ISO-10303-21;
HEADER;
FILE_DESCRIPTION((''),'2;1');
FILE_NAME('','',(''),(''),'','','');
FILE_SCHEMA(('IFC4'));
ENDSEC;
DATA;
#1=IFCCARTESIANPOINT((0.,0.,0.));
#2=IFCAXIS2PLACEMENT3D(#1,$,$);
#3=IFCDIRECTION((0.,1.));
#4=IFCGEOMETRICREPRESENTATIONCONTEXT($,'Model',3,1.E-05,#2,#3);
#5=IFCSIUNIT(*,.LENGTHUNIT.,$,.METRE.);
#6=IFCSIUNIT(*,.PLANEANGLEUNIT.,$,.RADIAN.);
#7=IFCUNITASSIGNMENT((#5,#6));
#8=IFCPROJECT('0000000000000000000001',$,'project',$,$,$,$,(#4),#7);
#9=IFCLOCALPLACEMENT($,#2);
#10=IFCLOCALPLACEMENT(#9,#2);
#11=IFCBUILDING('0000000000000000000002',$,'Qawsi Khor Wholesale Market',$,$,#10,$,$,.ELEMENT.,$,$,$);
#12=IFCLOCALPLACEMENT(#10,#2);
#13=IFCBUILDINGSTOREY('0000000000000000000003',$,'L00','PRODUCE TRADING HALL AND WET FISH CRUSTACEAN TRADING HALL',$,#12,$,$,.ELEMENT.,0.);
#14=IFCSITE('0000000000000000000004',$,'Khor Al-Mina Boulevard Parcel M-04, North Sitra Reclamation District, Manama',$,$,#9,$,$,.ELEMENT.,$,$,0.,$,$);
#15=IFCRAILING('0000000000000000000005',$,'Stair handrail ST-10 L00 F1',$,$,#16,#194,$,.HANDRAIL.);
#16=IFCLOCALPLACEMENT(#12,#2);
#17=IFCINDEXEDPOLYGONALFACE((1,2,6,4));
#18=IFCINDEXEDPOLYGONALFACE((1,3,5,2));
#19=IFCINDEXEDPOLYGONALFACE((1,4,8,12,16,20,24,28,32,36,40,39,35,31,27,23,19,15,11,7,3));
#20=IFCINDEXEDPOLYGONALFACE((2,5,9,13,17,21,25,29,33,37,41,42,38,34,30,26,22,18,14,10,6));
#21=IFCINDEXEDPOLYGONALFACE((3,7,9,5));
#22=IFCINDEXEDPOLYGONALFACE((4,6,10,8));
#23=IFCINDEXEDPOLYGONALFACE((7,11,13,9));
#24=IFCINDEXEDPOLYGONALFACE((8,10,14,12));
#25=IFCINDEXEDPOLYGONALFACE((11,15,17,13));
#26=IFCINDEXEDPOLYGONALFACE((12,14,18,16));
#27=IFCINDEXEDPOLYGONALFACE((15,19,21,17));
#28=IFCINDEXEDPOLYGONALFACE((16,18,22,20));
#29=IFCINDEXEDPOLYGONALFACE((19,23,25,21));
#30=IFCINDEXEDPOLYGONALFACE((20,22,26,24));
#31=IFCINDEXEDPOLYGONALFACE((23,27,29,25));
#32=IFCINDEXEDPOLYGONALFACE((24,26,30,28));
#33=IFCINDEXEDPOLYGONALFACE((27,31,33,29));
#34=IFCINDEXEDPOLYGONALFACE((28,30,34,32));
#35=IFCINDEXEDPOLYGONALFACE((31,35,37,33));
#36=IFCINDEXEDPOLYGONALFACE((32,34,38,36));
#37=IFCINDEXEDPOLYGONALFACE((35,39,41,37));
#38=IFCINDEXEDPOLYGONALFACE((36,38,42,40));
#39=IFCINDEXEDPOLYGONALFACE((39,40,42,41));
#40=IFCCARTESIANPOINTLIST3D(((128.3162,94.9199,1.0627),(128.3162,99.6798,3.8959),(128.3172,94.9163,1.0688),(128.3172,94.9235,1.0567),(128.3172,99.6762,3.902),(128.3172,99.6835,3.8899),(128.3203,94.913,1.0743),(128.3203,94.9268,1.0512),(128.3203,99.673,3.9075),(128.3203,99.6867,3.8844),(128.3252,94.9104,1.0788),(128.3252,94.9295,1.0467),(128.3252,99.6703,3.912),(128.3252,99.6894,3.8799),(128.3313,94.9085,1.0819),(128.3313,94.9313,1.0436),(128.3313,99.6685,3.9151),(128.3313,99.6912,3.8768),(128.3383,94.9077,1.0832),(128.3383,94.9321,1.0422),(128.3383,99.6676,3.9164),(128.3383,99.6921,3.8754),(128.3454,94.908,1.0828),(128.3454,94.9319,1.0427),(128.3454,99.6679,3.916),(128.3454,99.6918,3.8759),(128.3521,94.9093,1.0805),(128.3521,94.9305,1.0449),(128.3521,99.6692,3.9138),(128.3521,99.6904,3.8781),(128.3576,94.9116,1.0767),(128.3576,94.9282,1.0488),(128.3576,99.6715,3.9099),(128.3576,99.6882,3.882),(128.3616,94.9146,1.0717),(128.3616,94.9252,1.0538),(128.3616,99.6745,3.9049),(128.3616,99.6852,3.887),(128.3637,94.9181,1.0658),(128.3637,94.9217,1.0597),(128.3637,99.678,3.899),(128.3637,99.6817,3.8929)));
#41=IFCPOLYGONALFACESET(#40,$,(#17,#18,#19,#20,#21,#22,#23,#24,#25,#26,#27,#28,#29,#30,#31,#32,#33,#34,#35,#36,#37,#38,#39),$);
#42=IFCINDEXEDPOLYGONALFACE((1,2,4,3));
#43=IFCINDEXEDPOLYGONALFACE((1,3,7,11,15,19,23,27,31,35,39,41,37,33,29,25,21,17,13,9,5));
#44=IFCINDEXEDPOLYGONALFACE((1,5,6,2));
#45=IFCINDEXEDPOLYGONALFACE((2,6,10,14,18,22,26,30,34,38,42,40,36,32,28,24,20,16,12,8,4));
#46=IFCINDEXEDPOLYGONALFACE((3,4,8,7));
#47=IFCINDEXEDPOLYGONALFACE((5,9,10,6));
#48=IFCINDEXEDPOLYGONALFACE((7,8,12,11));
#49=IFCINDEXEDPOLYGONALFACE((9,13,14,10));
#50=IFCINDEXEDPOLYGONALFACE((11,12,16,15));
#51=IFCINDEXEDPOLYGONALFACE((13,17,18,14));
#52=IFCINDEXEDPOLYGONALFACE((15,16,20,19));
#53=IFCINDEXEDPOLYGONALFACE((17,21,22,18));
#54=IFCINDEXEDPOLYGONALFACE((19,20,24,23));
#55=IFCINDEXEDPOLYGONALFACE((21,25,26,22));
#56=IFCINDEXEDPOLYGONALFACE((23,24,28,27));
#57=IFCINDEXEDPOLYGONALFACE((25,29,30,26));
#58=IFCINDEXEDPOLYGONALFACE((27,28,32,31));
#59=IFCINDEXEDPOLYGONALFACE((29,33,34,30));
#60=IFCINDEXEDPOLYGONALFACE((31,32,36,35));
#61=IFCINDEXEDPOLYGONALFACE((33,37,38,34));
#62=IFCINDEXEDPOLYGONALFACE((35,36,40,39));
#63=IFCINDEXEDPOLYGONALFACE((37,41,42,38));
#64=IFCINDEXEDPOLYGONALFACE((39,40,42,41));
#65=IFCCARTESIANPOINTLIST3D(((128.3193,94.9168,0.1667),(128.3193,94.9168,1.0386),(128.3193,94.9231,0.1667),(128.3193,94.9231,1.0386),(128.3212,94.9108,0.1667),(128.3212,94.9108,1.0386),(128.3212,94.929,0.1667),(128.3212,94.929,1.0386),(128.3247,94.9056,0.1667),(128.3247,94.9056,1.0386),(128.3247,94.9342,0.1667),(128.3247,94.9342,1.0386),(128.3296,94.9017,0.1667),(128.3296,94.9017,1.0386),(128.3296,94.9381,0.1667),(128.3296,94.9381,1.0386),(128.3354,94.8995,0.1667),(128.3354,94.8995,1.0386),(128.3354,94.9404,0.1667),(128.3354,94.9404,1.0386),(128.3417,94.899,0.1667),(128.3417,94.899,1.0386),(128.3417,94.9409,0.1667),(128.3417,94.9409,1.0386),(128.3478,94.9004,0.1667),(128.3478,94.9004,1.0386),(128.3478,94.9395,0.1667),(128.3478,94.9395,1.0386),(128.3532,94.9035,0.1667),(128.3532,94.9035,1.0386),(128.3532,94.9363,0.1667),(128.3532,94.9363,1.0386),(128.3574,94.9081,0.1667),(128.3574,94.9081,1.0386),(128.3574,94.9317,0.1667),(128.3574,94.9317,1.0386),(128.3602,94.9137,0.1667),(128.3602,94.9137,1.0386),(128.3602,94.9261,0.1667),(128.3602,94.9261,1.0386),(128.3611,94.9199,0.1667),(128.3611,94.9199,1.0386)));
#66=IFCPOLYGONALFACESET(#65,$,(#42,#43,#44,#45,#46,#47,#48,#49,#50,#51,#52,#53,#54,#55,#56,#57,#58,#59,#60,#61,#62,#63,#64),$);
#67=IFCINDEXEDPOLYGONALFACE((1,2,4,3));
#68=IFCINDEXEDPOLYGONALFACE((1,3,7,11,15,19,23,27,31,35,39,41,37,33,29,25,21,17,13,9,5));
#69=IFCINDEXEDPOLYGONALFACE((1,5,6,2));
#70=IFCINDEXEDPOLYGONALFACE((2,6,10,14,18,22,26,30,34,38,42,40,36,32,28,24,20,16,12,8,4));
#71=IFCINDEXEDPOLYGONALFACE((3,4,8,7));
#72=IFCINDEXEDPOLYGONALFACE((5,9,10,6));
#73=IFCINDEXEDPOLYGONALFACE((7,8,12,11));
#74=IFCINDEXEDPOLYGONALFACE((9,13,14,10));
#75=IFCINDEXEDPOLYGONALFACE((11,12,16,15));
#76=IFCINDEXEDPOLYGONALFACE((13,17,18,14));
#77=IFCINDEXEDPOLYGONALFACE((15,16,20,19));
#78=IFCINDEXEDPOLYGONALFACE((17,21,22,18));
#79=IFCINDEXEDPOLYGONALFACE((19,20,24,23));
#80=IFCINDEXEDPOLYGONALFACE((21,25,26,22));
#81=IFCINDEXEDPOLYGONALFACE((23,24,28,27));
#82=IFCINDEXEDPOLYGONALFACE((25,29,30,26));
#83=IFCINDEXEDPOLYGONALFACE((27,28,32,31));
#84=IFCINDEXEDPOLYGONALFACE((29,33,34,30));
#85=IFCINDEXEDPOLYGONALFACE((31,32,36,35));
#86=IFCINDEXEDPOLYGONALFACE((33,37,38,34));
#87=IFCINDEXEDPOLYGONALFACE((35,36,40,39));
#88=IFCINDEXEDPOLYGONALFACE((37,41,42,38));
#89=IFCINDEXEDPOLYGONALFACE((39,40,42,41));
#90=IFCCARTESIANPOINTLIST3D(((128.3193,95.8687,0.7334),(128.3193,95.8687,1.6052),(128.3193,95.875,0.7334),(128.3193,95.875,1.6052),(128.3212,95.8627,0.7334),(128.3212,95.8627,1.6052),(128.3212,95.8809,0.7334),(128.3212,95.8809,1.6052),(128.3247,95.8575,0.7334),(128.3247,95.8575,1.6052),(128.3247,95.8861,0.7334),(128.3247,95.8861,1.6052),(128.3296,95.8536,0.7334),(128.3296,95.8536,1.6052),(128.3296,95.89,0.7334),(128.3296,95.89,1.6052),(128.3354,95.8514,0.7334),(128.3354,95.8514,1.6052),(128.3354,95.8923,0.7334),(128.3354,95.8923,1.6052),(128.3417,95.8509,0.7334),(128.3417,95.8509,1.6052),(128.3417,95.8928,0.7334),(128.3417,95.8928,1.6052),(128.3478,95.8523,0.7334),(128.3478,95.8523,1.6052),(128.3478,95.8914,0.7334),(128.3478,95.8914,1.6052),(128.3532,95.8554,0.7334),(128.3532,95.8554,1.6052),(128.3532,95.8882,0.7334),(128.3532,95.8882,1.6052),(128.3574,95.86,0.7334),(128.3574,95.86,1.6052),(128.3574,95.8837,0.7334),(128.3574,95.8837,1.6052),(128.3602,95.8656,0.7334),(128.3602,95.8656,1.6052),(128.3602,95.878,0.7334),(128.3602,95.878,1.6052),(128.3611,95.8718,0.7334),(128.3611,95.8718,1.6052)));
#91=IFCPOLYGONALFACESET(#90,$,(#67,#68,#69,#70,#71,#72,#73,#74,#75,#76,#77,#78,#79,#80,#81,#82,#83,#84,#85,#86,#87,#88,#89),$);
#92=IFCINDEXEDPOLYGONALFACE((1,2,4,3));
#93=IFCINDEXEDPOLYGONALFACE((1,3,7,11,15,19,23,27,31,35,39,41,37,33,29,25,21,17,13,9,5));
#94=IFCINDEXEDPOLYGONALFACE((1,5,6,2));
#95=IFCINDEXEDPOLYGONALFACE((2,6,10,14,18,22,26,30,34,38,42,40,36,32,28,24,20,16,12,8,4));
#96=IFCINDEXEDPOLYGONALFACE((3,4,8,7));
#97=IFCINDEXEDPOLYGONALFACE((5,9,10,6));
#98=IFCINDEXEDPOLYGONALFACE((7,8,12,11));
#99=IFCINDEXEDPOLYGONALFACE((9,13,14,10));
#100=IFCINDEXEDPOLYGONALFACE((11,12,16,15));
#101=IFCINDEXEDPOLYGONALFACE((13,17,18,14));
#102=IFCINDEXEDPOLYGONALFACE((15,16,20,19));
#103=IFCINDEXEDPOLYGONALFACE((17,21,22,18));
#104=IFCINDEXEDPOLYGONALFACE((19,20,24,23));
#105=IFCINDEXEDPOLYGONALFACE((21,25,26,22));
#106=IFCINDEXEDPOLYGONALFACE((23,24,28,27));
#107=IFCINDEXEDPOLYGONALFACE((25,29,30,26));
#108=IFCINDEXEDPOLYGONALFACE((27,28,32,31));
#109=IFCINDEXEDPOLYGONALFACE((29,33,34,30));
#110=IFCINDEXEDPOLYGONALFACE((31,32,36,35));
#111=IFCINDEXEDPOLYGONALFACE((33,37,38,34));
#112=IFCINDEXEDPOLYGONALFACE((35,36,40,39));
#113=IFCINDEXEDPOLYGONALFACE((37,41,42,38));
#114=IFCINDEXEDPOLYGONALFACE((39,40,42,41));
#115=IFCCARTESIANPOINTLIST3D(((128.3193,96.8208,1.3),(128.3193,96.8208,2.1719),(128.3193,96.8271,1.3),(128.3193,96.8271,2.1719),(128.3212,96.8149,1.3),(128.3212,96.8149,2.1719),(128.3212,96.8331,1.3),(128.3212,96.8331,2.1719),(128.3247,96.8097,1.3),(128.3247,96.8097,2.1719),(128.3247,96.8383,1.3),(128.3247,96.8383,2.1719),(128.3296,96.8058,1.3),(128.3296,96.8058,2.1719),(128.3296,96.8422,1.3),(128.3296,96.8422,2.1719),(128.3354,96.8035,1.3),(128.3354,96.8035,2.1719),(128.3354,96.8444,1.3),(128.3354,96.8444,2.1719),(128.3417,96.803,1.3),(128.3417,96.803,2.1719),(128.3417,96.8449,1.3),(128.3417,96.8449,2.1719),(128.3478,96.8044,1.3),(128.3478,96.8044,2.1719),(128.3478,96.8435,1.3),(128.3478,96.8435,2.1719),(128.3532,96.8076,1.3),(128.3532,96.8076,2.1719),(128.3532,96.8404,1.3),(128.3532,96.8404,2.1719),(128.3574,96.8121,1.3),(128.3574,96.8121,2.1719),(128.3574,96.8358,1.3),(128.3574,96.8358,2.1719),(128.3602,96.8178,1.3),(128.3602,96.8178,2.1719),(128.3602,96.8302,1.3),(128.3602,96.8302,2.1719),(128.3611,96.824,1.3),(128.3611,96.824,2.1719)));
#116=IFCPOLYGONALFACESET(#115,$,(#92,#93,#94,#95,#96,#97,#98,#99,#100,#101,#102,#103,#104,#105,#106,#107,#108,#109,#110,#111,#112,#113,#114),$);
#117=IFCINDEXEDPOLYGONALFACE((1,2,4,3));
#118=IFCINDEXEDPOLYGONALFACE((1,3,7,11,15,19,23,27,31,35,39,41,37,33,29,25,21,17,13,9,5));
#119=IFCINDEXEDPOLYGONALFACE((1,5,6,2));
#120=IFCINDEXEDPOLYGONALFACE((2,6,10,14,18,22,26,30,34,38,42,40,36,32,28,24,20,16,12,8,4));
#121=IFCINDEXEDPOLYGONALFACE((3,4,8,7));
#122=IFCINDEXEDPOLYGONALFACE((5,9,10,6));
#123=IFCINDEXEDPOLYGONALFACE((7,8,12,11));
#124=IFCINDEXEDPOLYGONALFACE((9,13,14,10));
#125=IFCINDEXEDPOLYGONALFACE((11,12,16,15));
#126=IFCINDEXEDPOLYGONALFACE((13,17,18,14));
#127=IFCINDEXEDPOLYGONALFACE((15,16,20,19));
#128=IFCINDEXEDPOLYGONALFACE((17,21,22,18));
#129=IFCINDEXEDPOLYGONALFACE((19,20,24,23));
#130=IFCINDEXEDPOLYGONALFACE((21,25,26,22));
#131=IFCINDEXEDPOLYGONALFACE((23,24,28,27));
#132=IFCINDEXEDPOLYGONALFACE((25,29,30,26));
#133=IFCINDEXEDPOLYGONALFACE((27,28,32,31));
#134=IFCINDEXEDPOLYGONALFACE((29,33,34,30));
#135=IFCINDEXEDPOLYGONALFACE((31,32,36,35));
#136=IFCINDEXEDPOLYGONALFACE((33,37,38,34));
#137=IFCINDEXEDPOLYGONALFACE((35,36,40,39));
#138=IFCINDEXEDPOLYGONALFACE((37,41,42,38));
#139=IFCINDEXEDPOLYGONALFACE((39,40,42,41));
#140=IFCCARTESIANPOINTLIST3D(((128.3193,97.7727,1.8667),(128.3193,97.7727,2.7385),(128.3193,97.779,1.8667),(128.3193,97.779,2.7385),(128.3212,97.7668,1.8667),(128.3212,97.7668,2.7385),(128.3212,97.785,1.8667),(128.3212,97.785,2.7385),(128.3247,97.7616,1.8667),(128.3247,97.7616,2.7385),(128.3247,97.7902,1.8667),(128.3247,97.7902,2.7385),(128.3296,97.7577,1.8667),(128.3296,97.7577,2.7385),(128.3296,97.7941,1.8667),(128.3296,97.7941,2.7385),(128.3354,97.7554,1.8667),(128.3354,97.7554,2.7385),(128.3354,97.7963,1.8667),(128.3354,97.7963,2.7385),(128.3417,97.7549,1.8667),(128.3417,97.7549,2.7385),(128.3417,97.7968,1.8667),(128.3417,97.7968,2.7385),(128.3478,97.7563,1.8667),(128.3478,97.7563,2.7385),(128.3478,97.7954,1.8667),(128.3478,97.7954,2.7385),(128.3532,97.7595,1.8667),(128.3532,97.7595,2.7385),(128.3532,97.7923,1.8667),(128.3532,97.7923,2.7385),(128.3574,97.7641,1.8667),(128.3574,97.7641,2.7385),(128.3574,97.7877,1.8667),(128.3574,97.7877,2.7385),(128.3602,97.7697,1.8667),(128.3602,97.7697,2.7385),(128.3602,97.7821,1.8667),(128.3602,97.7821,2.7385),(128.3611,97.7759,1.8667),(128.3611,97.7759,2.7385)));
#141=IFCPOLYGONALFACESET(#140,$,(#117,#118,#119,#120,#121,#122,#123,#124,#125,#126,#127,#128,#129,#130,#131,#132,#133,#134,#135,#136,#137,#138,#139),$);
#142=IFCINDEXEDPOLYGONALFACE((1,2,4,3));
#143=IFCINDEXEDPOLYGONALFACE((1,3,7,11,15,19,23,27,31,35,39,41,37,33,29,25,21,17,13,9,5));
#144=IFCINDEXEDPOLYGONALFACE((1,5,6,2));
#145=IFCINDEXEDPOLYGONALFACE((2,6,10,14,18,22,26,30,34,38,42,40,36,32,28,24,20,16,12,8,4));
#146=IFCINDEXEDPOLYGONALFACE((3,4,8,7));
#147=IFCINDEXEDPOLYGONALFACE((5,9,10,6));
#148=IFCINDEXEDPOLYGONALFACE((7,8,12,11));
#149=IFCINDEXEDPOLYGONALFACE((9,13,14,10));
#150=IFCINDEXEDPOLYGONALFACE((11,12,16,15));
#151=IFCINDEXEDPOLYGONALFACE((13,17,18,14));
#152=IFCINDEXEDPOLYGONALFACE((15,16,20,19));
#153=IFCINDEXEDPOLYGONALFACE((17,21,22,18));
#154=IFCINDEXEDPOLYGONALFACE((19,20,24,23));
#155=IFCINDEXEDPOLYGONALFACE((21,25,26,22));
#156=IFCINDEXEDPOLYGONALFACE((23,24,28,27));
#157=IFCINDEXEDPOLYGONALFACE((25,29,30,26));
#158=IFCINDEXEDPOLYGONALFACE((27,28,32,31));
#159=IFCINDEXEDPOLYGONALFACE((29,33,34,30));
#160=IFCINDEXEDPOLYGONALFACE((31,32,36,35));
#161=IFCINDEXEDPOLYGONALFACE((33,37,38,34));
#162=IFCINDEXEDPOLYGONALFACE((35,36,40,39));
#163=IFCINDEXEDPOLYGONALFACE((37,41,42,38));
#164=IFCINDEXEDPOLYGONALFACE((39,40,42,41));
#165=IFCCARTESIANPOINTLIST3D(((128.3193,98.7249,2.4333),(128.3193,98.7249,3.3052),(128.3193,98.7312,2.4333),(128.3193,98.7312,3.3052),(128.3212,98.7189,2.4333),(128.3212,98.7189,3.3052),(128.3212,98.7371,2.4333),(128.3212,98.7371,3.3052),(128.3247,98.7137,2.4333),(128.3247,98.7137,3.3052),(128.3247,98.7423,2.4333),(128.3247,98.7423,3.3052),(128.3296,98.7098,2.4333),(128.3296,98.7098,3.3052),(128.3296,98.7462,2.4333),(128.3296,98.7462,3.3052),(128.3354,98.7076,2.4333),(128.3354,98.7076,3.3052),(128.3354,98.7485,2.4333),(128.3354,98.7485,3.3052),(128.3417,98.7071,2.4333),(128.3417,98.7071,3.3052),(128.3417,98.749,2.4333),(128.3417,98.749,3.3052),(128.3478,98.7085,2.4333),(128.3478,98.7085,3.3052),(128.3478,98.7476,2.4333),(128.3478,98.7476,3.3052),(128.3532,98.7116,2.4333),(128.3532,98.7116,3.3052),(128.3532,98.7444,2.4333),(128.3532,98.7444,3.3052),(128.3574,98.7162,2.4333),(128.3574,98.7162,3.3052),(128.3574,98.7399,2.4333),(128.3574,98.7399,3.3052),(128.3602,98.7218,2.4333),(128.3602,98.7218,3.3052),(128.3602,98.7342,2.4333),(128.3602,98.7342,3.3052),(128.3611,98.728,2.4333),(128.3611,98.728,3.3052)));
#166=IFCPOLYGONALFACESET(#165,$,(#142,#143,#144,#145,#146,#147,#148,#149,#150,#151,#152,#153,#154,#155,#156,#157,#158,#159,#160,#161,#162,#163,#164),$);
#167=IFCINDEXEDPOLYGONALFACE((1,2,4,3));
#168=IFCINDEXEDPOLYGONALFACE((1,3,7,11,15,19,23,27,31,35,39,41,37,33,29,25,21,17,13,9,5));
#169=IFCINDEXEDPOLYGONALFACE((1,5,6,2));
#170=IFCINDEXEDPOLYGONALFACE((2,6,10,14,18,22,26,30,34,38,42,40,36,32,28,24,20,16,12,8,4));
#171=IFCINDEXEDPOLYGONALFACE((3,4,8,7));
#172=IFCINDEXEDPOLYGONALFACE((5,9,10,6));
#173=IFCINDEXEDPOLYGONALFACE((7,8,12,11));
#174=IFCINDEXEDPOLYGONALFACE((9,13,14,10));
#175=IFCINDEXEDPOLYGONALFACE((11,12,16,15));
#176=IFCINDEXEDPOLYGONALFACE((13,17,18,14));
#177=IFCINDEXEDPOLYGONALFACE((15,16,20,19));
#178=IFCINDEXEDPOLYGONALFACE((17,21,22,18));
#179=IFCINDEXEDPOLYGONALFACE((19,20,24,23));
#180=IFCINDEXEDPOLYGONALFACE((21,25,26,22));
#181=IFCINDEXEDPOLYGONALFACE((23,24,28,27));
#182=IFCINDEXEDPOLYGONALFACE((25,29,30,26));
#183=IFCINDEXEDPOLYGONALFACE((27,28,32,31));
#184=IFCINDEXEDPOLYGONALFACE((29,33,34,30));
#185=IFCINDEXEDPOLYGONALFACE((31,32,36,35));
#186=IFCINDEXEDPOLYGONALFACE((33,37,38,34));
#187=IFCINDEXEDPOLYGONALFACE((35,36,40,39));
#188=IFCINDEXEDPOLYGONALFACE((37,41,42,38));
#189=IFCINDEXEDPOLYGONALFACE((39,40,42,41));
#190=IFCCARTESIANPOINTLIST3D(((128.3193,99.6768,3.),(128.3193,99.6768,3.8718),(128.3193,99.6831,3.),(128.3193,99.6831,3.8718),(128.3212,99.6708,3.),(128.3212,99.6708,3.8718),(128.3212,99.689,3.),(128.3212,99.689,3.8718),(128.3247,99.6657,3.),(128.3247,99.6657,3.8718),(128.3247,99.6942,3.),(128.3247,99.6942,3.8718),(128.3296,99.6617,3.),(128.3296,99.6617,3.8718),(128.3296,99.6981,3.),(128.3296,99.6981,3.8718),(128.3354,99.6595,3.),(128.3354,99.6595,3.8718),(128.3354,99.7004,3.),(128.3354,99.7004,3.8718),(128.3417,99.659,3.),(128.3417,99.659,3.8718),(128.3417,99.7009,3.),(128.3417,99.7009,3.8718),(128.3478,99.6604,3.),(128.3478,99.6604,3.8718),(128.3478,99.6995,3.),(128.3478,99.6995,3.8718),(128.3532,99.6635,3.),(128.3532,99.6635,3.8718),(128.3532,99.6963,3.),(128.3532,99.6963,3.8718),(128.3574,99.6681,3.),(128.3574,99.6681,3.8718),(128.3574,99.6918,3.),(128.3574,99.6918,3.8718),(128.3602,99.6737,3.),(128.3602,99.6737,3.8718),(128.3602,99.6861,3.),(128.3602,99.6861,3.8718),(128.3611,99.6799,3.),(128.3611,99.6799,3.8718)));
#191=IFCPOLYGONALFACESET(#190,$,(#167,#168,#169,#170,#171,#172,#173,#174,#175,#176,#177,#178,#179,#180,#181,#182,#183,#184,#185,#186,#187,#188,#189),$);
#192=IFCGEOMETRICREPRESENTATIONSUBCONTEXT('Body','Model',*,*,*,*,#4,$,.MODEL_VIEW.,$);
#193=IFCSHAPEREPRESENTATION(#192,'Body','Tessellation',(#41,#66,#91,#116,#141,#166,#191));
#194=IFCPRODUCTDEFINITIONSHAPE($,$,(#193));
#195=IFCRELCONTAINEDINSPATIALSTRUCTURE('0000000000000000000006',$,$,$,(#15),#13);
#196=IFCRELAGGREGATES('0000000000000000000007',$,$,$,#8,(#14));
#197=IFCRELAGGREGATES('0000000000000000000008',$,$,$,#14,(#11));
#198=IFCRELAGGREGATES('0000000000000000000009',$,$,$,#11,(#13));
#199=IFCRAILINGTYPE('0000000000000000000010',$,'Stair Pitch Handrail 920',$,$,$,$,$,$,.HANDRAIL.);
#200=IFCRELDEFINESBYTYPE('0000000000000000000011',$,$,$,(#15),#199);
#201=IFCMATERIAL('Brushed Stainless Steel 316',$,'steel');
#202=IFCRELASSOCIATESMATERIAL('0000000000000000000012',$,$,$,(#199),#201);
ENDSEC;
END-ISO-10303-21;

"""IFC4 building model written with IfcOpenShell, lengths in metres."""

from ifc_helpers import new_model, si_unit, direction, frame, origin, origin_2d, place, context, subcontext, project, spatial, circle, extrude, material, type_object, element, save


model = new_model("IFC4")

# Units and contexts
model_context = context("Model", 3, precision=1e-05, world=origin(), true_north=direction((0.0, 1.0)))
body_context = subcontext(model_context, "Body", "Model", "MODEL_VIEW")
ifc_project = project(units=[si_unit("LENGTHUNIT", "METRE"), si_unit("PLANEANGLEUNIT", "RADIAN")], contexts=[model_context])

# Site, building, storey
site_placement = place(None, origin())
site = spatial("IfcSite", under=ifc_project, at=site_placement, Name="Khor Al-Mina Boulevard Parcel M-04, North Sitra Reclamation District, Manama", CompositionType="ELEMENT", RefElevation=0.0)
building_placement = place(site_placement, origin())
building = spatial("IfcBuilding", under=site, at=building_placement, Name="Qawsi Khor Wholesale Market", CompositionType="ELEMENT")
storey_placement = place(building_placement, origin())
storey = spatial("IfcBuildingStorey", under=building, at=storey_placement, Name="L00", Description="PRODUCE TRADING HALL AND WET FISH CRUSTACEAN TRADING HALL", CompositionType="ELEMENT", Elevation=0.0)

# Railing
ifc_material_1 = material(Name="Brushed Stainless Steel 316", Category="steel")
railing_type = type_object("IfcRailingType", Name="Stair Pitch Handrail 920", PredefinedType="HANDRAIL", material=ifc_material_1)
railing_placement = place(storey_placement, frame((128.3401, 94.9199, 0.1667)))
element("IfcRailing", 1, at=railing_placement, inside=storey, type_object=railing_type, Name="Stair handrail ST-10 L00 F1", PredefinedType="HANDRAIL", context=body_context, shape_type="SweptSolid", body=[
    extrude(circle(Radius=0.0239, at=origin_2d()), frame((0.0, 0.0, 0.896), z_axis=(0.0, 0.8593, 0.511472), x_axis=(-1.0, 0.0, 0.0)), (0.0, 0.0, 1.0), 5.5393),
    extrude(circle(Radius=0.021, at=origin_2d()), origin(), (0.0, 0.0, 1.0), 0.8718),
    extrude(circle(Radius=0.021, at=origin_2d()), frame((0.0, 0.9519, 0.5667)), (0.0, 0.0, 1.0), 0.8718),
    extrude(circle(Radius=0.021, at=origin_2d()), frame((0.0, 1.9041, 1.1333)), (0.0, 0.0, 1.0), 0.8718),
    extrude(circle(Radius=0.021, at=origin_2d()), frame((0.0, 2.856, 1.7)), (0.0, 0.0, 1.0), 0.8718),
    extrude(circle(Radius=0.021, at=origin_2d()), frame((0.0, 3.8081, 2.2666)), (0.0, 0.0, 1.0), 0.8718),
    extrude(circle(Radius=0.021, at=origin_2d()), frame((0.0, 4.76, 2.8333)), (0.0, 0.0, 1.0), 0.8718),
])

save(model, "model.ifc")
